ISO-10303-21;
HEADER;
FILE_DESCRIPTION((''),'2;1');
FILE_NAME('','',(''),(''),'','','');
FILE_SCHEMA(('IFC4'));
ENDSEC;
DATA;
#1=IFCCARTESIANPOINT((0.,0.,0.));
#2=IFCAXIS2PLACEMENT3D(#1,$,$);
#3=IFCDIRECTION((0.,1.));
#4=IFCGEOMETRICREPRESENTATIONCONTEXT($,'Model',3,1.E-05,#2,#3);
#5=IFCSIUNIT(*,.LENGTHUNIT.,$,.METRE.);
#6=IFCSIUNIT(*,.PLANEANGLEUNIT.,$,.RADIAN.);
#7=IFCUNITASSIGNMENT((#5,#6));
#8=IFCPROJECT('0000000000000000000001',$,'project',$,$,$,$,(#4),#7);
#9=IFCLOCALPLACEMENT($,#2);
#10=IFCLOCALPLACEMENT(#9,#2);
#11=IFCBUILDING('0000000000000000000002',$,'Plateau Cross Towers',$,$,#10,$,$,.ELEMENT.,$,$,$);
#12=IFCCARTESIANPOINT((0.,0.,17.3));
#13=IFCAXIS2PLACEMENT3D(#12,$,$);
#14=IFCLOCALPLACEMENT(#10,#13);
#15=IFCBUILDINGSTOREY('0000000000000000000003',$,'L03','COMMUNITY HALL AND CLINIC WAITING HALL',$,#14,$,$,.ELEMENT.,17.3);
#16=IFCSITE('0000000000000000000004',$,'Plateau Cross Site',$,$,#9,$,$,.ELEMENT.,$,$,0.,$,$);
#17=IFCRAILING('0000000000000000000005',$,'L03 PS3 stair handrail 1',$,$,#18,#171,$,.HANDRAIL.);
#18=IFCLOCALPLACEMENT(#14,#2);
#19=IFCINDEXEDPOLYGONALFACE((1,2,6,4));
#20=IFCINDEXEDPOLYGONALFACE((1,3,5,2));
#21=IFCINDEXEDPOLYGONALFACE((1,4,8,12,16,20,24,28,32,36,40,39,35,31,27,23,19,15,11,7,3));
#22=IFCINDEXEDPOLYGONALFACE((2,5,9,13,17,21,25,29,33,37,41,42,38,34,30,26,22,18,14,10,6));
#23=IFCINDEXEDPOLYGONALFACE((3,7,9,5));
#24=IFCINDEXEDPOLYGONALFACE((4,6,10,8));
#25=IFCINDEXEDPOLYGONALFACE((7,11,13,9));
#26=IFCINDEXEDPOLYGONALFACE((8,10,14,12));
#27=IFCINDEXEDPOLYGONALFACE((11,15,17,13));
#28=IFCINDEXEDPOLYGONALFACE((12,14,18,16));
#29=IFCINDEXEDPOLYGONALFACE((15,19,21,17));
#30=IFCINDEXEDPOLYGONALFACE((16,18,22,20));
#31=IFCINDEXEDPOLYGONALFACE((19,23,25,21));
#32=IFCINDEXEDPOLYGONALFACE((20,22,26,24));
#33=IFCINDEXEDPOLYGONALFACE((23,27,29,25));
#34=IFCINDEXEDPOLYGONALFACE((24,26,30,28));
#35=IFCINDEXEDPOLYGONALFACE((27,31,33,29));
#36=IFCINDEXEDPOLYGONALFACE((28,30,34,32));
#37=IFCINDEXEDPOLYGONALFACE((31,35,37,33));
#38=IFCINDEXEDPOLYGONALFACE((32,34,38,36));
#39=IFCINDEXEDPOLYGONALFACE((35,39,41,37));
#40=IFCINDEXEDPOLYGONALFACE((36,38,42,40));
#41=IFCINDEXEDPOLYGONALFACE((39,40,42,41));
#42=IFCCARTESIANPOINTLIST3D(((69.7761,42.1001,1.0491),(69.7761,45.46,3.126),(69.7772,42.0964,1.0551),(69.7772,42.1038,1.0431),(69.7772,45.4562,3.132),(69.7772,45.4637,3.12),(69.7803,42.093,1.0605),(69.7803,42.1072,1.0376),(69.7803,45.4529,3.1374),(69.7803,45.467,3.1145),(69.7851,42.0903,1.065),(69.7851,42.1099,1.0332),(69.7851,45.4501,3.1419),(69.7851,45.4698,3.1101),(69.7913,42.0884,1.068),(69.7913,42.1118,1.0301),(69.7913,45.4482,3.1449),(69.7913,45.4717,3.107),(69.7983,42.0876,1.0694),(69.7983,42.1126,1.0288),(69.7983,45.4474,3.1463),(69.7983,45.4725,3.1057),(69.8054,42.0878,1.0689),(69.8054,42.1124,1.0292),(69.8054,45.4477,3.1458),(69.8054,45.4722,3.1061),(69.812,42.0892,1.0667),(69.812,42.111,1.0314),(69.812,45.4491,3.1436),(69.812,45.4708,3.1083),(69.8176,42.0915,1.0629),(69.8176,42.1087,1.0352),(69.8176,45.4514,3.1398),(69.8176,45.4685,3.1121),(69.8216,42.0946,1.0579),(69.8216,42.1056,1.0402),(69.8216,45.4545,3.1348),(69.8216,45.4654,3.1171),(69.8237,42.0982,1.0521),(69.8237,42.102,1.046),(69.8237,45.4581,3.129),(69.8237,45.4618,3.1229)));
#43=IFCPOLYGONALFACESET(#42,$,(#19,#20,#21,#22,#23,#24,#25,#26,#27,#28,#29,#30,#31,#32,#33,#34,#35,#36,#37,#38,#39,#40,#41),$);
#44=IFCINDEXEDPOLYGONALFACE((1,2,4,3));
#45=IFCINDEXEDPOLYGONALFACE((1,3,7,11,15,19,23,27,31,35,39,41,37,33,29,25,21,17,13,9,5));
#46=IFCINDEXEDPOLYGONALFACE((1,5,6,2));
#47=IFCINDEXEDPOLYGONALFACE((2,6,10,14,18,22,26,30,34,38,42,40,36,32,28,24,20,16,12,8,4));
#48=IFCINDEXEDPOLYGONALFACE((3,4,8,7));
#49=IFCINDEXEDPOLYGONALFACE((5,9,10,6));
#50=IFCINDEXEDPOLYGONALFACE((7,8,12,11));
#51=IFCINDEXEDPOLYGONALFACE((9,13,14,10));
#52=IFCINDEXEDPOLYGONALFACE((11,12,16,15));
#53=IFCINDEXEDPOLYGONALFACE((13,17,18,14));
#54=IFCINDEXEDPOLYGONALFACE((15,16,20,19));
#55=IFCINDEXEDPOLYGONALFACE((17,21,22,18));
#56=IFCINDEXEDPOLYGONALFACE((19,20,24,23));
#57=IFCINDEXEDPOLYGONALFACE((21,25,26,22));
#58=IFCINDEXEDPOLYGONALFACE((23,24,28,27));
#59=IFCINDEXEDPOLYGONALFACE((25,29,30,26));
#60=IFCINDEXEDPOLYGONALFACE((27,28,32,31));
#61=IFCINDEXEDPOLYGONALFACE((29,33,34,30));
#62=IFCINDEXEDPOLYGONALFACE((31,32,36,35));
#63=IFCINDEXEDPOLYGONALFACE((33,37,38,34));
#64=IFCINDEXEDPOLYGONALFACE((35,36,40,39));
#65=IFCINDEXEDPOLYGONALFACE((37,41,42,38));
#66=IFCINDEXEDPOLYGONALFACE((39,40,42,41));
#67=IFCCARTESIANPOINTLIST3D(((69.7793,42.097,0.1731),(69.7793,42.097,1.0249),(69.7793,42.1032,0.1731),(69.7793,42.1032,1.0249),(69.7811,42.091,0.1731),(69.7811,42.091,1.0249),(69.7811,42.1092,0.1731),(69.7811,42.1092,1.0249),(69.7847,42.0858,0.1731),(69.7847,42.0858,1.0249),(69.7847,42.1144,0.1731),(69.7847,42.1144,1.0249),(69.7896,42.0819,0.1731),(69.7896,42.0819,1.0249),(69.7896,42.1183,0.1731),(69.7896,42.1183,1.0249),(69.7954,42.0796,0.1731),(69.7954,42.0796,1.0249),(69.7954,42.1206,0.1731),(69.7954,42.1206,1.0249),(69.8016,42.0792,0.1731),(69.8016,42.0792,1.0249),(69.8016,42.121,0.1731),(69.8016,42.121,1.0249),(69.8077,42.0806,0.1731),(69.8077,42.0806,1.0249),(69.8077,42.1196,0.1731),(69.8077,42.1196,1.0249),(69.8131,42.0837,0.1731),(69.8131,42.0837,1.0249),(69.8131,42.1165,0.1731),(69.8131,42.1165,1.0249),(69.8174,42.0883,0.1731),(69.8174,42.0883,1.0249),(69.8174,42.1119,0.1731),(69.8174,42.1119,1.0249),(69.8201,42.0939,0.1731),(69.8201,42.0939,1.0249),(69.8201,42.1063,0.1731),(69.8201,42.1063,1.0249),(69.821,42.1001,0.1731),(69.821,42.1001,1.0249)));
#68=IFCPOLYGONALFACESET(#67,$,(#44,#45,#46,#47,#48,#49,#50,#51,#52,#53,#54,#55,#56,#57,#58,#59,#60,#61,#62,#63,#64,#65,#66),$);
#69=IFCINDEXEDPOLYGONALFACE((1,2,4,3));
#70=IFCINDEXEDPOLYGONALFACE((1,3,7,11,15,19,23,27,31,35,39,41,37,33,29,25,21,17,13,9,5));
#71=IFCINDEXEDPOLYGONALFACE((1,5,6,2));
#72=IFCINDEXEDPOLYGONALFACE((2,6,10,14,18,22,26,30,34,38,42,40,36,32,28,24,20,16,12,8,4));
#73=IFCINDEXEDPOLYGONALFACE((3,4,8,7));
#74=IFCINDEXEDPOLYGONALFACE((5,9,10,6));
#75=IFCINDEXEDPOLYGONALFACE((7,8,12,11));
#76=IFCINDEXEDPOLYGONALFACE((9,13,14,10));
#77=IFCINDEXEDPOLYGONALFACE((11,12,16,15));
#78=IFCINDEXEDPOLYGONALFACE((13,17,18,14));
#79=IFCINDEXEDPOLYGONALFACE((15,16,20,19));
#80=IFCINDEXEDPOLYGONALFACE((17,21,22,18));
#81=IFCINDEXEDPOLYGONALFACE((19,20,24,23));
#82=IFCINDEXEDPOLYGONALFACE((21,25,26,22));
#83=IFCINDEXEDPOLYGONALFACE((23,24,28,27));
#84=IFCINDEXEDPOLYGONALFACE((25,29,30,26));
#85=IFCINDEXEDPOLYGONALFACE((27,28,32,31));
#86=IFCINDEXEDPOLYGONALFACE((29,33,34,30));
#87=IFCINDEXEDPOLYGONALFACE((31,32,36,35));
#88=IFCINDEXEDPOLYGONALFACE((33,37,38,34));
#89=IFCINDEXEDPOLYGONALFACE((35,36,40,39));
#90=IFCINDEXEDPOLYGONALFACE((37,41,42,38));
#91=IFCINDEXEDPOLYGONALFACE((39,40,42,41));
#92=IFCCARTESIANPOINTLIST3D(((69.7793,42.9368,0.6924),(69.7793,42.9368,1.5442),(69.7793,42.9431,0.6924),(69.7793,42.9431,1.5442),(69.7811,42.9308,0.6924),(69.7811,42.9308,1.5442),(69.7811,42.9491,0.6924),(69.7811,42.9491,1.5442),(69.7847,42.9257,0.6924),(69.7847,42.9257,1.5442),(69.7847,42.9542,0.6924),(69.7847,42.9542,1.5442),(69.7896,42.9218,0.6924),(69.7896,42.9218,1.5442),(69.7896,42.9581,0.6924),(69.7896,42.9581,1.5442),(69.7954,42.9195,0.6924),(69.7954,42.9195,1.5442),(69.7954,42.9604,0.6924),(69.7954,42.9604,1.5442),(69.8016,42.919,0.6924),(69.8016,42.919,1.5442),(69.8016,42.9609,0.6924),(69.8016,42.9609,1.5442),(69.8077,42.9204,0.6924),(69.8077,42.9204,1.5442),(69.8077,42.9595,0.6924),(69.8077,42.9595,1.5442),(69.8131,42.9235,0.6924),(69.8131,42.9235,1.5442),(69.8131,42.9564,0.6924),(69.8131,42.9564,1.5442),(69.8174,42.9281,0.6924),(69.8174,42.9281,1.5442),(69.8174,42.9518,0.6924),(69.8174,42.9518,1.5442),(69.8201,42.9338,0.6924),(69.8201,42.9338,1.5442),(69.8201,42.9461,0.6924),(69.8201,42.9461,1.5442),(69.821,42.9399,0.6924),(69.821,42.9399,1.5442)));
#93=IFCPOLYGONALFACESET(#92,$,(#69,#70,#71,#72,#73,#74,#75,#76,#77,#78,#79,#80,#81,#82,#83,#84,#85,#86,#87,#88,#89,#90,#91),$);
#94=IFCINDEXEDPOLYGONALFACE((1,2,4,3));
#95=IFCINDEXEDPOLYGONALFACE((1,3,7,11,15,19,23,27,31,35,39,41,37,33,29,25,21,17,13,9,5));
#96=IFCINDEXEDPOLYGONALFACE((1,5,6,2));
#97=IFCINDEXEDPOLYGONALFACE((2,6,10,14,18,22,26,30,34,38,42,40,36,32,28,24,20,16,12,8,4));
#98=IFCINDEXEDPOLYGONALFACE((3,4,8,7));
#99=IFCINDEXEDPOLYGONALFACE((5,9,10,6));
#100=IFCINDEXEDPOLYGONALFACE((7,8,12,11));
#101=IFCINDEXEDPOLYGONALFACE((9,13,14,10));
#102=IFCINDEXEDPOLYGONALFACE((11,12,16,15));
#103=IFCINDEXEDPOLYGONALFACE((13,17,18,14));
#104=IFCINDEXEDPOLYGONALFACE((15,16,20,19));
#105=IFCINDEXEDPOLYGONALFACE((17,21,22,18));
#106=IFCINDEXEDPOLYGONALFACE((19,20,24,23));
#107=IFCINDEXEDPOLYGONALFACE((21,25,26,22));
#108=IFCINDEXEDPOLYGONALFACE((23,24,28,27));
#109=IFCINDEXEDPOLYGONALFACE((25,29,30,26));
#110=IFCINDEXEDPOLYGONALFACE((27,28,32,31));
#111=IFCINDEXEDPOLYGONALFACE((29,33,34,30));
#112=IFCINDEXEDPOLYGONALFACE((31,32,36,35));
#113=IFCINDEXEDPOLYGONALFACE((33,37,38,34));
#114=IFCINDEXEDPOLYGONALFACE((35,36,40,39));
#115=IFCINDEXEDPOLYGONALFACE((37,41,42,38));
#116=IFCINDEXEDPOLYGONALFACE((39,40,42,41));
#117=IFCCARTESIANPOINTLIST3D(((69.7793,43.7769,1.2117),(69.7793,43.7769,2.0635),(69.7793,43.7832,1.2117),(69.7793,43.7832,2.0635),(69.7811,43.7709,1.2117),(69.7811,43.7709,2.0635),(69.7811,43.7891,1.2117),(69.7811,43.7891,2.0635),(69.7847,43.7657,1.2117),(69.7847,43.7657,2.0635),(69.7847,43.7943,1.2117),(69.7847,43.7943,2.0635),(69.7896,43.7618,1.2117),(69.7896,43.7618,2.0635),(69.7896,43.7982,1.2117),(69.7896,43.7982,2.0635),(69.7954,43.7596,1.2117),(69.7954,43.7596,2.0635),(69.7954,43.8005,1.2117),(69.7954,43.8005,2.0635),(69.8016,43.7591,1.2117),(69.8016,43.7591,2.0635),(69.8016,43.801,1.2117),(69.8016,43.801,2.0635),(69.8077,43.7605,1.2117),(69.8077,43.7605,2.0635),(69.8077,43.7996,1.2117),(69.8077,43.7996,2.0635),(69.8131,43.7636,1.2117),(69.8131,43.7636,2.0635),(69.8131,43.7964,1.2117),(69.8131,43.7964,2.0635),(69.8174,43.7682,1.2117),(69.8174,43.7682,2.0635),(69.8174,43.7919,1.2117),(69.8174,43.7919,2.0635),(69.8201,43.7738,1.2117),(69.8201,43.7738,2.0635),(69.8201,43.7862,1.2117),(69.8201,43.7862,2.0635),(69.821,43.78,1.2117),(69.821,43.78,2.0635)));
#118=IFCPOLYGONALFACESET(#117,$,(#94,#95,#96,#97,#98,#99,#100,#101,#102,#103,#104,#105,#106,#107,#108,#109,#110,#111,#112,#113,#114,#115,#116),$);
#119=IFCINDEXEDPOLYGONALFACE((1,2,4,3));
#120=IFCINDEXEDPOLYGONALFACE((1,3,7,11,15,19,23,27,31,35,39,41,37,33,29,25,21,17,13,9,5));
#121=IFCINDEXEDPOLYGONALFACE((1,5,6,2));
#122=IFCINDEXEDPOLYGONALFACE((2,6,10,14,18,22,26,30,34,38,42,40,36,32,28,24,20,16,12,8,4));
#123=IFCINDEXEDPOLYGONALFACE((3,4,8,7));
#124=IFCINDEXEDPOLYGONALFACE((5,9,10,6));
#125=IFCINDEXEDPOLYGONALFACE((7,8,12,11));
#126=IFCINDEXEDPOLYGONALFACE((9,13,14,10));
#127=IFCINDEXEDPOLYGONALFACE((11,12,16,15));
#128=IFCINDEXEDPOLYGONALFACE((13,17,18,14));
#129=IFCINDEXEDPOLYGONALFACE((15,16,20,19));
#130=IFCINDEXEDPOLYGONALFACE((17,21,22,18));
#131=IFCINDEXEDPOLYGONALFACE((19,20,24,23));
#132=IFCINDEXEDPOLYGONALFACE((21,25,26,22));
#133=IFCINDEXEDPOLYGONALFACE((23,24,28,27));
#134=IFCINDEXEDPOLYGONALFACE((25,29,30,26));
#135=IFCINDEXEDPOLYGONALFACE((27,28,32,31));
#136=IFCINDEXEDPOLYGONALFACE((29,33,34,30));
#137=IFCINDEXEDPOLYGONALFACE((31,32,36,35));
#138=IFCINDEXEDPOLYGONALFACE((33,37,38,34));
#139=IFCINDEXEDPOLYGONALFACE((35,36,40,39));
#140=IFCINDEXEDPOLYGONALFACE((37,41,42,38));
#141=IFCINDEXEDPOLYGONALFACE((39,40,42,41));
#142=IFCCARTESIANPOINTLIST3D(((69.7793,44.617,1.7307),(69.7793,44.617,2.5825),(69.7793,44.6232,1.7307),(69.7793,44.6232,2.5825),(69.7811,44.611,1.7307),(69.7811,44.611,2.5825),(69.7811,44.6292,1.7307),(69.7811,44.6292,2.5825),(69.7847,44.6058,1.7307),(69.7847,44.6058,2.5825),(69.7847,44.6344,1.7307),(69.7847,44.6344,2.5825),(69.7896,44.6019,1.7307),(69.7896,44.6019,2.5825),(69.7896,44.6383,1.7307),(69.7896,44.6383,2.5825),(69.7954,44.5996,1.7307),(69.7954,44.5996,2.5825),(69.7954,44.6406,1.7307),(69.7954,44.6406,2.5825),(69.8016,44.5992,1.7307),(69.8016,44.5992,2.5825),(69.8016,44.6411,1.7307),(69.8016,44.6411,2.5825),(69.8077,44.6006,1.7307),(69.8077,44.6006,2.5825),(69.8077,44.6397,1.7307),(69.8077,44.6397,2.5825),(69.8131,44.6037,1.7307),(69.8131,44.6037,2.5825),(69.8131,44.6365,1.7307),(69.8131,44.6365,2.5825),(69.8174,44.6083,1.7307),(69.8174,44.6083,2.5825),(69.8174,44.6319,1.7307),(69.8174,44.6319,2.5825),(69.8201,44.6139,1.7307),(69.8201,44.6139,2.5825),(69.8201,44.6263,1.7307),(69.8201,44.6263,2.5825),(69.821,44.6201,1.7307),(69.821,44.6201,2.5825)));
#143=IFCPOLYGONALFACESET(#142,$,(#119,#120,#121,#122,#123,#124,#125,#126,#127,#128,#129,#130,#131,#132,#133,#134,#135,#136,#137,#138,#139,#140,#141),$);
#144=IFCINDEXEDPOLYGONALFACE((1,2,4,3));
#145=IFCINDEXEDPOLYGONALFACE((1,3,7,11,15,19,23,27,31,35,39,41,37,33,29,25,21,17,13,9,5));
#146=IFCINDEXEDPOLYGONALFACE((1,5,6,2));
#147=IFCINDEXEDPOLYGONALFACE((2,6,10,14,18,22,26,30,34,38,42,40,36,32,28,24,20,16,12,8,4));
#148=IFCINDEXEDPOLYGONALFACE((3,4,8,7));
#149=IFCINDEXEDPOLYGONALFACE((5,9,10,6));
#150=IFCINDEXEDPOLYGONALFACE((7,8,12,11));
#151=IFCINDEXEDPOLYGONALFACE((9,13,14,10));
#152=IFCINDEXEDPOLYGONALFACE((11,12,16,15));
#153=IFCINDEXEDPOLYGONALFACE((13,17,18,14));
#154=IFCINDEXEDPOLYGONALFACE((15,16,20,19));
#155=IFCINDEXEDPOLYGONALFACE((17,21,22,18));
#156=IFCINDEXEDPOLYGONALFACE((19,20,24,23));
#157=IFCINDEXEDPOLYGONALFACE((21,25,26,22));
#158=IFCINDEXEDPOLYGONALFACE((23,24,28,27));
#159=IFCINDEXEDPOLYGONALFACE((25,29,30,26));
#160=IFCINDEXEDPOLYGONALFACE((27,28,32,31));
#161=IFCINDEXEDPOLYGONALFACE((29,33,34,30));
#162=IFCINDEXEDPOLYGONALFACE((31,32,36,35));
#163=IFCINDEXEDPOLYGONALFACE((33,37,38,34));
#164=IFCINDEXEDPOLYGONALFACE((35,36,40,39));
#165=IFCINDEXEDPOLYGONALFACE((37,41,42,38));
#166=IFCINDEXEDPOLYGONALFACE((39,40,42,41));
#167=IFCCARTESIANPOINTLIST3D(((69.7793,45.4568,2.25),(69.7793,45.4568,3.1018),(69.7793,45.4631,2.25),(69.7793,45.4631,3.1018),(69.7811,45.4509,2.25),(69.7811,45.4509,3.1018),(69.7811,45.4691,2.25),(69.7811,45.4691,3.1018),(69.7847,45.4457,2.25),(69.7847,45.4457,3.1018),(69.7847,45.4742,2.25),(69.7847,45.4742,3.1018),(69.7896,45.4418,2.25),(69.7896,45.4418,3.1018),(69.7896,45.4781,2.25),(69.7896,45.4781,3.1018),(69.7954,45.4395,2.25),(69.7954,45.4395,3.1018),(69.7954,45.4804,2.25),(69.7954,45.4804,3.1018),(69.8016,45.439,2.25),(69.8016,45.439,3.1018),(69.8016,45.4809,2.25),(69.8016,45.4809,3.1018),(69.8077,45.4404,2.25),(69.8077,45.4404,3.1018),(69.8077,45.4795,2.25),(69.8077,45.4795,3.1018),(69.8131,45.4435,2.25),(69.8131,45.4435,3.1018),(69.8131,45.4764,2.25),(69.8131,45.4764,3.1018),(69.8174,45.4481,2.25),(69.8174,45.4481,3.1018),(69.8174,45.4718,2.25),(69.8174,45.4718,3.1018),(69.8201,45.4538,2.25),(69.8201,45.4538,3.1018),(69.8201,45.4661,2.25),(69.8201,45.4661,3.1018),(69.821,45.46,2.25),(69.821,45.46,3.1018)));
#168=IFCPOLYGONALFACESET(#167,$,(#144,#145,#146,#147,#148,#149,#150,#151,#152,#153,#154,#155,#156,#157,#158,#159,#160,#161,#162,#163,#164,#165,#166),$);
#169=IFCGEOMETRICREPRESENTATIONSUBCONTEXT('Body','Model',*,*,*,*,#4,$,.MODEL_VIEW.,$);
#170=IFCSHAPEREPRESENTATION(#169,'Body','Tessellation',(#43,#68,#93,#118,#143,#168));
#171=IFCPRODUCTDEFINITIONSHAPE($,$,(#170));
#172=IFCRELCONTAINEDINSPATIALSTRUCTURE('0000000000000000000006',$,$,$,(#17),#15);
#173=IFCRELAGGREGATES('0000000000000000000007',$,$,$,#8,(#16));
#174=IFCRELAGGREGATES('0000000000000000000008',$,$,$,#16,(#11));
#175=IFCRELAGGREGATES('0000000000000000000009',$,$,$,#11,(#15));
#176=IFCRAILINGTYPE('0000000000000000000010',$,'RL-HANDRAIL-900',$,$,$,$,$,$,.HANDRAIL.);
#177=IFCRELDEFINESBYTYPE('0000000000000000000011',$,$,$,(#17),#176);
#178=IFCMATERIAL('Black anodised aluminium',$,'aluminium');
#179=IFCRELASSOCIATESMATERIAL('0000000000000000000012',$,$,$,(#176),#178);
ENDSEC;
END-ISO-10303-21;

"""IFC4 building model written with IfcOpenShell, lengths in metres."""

from ifc_helpers import new_model, si_unit, direction, frame, origin, origin_2d, place, context, subcontext, project, spatial, circle, extrude, material, type_object, element, save


model = new_model("IFC4")

# Units and contexts
model_context = context("Model", 3, precision=1e-05, world=origin(), true_north=direction((0.0, 1.0)))
body_context = subcontext(model_context, "Body", "Model", "MODEL_VIEW")
ifc_project = project(units=[si_unit("LENGTHUNIT", "METRE"), si_unit("PLANEANGLEUNIT", "RADIAN")], contexts=[model_context])

# Site, building, storey
site_placement = place(None, origin())
site = spatial("IfcSite", under=ifc_project, at=site_placement, Name="Plateau Cross Site", CompositionType="ELEMENT", RefElevation=0.0)
building_placement = place(site_placement, origin())
building = spatial("IfcBuilding", under=site, at=building_placement, Name="Plateau Cross Towers", CompositionType="ELEMENT")
storey_placement = place(building_placement, frame((0.0, 0.0, 17.3)))
storey = spatial("IfcBuildingStorey", under=building, at=storey_placement, Name="L03", Description="COMMUNITY HALL AND CLINIC WAITING HALL", CompositionType="ELEMENT", Elevation=17.3)

# Shared definitions
ifc_material_1 = material(Name="Black anodised aluminium", Category="aluminium")

# Railing
railing_type_1 = type_object("IfcRailingType", Name="RL-HANDRAIL-900", PredefinedType="HANDRAIL", material=ifc_material_1)
railing_1_placement = place(storey_placement, frame((69.8, 42.1001, 0.1731)))
element("IfcRailing", 1, at=railing_1_placement, inside=storey, type_object=railing_type_1, Name="L03 PS3 stair handrail 1", PredefinedType="HANDRAIL", context=body_context, shape_type="SweptSolid", body=[
    extrude(circle(Radius=0.0239, at=origin_2d()), frame((0.0, 0.0, 0.876), z_axis=(0.0, 0.850606, 0.525803), x_axis=(-1.0, 0.0, 0.0)), (0.0, 0.0, 1.0), 3.95),
    extrude(circle(Radius=0.021, at=origin_2d()), origin(), (0.0, 0.0, 1.0), 0.8518),
    extrude(circle(Radius=0.021, at=origin_2d()), frame((0.0, 0.8398, 0.5193)), (0.0, 0.0, 1.0), 0.8518),
    extrude(circle(Radius=0.021, at=origin_2d()), frame((0.0, 1.6799, 1.0386)), (0.0, 0.0, 1.0), 0.8518),
    extrude(circle(Radius=0.021, at=origin_2d()), frame((0.0, 2.52, 1.5576)), (0.0, 0.0, 1.0), 0.8518),
    extrude(circle(Radius=0.021, at=origin_2d()), frame((0.0, 3.3599, 2.0769)), (0.0, 0.0, 1.0), 0.8518),
])

save(model, "model.ifc")
